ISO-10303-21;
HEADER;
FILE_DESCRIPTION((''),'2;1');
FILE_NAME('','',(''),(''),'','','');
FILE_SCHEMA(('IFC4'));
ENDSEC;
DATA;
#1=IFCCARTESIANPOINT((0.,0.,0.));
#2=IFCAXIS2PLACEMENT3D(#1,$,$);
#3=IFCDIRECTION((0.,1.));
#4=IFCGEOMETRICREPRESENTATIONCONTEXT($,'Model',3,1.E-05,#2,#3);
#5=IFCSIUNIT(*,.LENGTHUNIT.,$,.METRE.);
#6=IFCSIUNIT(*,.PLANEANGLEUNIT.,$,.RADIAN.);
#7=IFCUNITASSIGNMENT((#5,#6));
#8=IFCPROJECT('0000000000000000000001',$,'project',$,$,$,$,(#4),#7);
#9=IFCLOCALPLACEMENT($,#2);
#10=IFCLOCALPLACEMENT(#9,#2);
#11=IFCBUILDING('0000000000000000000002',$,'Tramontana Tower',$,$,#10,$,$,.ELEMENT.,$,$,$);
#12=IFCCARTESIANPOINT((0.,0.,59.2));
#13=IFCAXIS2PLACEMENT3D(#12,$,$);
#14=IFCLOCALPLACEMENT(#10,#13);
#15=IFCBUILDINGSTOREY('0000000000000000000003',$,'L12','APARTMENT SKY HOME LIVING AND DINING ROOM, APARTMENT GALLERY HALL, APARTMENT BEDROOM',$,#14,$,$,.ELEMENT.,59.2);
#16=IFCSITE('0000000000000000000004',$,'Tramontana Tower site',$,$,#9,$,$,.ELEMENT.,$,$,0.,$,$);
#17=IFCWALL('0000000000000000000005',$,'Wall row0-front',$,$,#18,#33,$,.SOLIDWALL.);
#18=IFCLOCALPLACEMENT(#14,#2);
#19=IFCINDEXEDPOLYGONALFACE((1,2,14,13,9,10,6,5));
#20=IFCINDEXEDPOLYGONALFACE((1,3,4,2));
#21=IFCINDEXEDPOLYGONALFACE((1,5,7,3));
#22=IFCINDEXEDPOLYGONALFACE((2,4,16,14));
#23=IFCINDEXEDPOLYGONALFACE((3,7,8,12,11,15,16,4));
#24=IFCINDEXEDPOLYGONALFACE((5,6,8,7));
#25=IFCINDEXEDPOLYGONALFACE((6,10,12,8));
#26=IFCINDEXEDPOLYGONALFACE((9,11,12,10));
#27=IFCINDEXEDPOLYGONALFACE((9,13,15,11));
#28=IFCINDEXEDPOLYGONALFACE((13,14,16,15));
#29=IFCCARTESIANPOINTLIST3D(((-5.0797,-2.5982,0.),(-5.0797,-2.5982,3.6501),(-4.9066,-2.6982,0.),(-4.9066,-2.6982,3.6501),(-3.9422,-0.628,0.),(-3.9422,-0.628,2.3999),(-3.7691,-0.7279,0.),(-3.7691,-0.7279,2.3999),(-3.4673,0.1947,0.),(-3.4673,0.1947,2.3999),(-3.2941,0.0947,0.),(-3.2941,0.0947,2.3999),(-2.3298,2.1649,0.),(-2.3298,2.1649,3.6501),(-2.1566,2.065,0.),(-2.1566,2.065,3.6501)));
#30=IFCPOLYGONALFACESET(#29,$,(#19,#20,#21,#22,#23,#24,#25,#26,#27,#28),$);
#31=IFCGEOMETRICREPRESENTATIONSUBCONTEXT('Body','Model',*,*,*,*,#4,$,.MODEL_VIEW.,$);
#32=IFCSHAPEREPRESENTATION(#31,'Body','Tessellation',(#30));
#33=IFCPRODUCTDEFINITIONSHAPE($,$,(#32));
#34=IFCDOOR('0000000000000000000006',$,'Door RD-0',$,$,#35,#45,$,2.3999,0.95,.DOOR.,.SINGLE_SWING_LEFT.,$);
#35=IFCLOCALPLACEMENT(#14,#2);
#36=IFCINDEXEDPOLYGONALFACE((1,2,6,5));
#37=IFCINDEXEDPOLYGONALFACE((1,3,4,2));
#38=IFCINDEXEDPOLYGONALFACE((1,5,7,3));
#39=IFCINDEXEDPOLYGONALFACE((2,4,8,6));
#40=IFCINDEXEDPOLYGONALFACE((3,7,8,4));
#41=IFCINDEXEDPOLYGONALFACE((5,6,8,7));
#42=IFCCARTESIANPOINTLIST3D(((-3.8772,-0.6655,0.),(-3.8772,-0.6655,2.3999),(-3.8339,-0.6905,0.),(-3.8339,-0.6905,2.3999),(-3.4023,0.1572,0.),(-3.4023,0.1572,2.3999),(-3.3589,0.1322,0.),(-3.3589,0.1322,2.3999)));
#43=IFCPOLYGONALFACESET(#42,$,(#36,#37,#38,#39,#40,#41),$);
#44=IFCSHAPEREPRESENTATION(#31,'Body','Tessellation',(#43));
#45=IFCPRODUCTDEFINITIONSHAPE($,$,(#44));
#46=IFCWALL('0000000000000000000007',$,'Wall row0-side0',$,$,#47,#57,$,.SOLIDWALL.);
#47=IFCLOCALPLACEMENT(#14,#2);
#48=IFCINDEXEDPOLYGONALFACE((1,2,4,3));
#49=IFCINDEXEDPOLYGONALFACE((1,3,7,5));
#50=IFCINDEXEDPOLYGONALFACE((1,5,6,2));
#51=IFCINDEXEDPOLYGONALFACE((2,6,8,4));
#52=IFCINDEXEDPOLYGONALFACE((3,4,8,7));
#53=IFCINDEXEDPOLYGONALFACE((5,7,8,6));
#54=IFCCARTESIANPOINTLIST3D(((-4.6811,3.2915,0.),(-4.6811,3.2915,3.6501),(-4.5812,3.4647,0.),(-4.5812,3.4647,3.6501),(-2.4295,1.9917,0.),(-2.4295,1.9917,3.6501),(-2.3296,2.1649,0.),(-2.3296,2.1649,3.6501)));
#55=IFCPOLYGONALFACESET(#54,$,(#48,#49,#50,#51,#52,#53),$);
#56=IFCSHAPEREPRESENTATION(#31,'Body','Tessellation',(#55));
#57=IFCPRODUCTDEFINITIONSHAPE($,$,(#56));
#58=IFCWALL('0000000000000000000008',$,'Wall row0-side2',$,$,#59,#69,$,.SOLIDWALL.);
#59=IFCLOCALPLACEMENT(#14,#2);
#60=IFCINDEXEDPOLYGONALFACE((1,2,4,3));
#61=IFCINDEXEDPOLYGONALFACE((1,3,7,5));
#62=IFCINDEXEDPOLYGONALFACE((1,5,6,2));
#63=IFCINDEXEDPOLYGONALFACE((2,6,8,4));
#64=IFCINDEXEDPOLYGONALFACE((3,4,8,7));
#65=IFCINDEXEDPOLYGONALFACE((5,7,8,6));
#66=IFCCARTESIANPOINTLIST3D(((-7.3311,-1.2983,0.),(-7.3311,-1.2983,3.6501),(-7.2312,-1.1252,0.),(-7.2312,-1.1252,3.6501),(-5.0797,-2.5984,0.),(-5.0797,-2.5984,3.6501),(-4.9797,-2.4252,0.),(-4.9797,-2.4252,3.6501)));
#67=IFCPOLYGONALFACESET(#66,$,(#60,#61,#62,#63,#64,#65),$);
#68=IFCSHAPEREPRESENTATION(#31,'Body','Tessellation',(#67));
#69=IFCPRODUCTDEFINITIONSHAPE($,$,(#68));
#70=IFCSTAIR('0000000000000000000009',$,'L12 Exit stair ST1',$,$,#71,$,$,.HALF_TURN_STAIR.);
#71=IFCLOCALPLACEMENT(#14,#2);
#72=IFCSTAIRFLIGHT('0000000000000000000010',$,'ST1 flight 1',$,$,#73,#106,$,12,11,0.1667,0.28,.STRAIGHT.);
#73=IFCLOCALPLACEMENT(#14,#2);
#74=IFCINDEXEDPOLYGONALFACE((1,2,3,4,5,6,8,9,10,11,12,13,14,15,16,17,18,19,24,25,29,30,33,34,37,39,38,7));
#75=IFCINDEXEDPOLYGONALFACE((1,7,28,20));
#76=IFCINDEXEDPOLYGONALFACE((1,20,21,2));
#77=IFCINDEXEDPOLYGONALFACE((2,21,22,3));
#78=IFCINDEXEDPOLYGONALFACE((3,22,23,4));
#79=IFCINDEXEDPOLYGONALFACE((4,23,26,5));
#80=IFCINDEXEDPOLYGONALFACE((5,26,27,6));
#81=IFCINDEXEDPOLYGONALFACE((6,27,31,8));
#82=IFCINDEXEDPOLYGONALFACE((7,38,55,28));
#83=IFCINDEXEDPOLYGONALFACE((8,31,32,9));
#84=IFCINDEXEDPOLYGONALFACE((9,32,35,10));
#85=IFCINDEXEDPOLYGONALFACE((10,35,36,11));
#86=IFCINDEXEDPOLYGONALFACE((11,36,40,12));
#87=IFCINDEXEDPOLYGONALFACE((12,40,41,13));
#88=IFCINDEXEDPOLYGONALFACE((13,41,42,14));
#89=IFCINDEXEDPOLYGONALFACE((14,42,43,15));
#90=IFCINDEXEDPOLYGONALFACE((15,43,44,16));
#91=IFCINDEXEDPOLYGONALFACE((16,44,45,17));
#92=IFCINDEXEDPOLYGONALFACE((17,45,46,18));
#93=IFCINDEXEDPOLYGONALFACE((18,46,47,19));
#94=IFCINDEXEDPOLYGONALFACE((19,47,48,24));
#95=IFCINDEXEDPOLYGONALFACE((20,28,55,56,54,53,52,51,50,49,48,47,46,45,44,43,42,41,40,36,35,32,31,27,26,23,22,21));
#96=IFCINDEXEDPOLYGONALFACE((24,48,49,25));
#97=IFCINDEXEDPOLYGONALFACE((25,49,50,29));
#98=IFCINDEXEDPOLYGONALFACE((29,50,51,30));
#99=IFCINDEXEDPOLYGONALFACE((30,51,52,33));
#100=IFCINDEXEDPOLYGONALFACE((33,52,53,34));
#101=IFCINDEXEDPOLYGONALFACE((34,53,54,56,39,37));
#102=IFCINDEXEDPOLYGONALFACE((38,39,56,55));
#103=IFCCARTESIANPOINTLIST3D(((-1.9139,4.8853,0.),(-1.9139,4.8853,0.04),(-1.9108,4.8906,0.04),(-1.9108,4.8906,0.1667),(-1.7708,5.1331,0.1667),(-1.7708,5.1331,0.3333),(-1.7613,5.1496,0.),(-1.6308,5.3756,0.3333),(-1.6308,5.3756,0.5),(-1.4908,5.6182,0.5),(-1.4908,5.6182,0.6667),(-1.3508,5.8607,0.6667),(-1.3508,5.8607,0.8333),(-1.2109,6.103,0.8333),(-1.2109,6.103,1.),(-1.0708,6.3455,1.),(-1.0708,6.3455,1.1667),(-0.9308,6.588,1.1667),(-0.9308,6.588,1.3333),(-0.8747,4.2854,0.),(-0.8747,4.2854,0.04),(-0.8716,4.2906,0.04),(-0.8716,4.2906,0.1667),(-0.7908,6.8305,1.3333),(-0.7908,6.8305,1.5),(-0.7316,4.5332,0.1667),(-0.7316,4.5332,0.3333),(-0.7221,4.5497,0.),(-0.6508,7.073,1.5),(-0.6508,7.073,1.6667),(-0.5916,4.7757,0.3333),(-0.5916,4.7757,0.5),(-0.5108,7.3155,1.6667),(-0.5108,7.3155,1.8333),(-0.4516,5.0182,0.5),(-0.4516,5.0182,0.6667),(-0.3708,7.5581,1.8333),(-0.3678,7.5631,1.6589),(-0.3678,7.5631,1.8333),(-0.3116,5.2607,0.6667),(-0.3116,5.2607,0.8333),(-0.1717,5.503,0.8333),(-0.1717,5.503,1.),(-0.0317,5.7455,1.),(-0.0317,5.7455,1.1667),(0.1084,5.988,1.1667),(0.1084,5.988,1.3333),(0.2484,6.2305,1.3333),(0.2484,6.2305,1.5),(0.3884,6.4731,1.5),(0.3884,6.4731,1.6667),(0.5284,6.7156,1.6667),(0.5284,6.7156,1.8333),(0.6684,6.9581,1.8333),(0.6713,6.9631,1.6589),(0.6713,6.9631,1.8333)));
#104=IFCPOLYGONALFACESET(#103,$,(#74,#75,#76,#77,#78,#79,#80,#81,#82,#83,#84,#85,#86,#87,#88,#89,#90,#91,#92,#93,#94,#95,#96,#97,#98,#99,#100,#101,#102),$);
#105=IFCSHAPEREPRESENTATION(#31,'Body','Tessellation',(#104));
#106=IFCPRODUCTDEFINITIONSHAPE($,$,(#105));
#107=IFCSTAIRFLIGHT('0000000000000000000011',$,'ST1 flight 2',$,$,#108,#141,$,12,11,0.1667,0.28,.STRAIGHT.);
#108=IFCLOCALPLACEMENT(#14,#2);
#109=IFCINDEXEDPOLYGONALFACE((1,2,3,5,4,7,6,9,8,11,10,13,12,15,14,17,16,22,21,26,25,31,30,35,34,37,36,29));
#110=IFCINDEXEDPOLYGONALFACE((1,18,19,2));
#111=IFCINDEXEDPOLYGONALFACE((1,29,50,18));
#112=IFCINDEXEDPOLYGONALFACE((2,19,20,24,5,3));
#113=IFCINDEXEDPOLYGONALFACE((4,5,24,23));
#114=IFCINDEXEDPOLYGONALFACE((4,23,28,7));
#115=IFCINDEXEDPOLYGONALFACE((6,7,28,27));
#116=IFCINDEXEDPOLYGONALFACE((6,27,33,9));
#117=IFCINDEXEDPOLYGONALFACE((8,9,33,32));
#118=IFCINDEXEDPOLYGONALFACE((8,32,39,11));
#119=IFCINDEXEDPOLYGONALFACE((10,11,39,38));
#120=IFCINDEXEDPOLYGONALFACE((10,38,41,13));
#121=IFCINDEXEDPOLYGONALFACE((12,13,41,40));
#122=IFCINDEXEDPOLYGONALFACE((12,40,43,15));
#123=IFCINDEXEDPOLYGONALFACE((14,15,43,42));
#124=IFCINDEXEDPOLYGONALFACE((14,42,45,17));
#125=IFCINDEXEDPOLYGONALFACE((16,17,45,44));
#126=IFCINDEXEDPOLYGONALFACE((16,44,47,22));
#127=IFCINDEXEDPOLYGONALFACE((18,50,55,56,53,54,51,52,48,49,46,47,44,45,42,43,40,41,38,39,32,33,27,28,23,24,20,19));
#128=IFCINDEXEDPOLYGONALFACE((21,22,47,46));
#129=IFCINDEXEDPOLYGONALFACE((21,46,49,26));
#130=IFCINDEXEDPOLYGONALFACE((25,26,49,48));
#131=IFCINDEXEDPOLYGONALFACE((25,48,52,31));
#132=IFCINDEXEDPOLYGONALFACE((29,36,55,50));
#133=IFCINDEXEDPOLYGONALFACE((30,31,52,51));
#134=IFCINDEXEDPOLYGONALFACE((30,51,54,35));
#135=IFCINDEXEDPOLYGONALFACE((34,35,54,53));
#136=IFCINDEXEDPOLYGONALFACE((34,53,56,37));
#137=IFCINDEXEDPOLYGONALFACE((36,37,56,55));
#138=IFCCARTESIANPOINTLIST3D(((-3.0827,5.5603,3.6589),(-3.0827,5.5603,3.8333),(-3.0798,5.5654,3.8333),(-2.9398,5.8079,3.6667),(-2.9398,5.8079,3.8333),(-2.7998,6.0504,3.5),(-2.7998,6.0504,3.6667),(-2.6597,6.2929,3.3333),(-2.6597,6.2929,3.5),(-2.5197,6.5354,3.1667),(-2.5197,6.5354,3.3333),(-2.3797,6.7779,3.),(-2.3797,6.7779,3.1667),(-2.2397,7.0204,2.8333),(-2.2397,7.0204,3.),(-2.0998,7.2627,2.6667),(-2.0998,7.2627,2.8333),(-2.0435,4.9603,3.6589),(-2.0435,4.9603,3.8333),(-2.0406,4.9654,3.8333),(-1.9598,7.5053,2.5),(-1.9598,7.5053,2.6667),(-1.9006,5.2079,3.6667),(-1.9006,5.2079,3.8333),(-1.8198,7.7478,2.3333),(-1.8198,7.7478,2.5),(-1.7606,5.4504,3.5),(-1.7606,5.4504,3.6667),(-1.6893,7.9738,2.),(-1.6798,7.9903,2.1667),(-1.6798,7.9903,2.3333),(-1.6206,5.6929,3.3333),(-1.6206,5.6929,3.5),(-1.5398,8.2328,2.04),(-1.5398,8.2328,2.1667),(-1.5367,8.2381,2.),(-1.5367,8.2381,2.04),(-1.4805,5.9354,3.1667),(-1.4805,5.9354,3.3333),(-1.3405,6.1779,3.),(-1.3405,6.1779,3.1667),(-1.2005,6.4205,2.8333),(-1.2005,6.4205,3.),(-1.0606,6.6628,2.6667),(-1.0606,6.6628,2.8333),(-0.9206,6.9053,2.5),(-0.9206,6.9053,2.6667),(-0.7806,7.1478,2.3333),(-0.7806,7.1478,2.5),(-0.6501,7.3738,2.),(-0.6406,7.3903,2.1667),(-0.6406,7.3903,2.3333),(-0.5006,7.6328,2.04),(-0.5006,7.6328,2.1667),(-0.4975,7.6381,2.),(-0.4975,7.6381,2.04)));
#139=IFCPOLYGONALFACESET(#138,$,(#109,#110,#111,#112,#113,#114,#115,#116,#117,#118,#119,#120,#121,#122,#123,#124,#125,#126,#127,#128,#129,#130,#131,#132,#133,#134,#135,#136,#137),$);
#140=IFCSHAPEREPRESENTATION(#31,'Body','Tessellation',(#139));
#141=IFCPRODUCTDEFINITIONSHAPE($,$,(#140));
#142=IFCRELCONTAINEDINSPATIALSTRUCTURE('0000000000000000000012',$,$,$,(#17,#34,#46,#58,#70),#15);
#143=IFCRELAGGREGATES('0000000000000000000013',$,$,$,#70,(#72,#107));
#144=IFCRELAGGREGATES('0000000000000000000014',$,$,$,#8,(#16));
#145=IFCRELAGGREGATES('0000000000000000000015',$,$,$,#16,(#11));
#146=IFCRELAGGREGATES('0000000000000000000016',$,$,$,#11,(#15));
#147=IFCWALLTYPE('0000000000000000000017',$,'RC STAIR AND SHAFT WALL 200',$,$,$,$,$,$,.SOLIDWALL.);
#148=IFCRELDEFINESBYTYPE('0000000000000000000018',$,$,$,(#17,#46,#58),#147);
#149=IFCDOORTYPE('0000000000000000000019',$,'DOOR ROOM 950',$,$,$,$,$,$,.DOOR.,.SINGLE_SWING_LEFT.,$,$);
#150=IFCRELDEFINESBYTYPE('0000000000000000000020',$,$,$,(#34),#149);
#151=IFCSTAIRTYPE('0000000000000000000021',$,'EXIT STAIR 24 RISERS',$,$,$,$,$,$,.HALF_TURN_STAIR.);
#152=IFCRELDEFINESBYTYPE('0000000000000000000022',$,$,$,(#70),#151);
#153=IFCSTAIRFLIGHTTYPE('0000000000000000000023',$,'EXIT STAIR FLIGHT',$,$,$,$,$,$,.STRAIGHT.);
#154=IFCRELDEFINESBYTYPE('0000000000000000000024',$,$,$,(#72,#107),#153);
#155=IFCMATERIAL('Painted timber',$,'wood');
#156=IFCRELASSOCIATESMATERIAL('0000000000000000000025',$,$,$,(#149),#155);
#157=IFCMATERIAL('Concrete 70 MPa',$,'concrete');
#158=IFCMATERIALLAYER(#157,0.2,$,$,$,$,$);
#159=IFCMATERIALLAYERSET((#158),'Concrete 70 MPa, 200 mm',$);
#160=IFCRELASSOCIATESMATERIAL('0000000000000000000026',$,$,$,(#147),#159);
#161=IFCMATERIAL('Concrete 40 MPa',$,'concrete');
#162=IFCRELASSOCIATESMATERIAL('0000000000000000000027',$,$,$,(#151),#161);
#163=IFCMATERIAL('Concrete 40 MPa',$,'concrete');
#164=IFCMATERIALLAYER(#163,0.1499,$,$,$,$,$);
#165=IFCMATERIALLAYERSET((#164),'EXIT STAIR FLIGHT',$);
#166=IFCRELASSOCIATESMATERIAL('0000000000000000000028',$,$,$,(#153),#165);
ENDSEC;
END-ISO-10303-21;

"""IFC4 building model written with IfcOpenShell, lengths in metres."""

from ifc_helpers import new_model, si_unit, direction, frame, frame_2d, origin, place, context, subcontext, project, spatial, polyline, rectangle, outline, extrude, material, layer, layer_set, type_object, element, fill, aggregate, save


model = new_model("IFC4")

# Units and contexts
model_context = context("Model", 3, precision=1e-05, world=origin(), true_north=direction((0.0, 1.0)))
body_context = subcontext(model_context, "Body", "Model", "MODEL_VIEW")
ifc_project = project(units=[si_unit("LENGTHUNIT", "METRE"), si_unit("PLANEANGLEUNIT", "RADIAN")], contexts=[model_context])

# Site, building, storey
site_placement = place(None, origin())
site = spatial("IfcSite", under=ifc_project, at=site_placement, Name="Tramontana Tower site", CompositionType="ELEMENT", RefElevation=0.0)
building_placement = place(site_placement, origin())
building = spatial("IfcBuilding", under=site, at=building_placement, Name="Tramontana Tower", CompositionType="ELEMENT")
storey_placement = place(building_placement, frame((0.0, 0.0, 59.2)))
storey = spatial("IfcBuildingStorey", under=building, at=storey_placement, Name="L12", Description="APARTMENT SKY HOME LIVING AND DINING ROOM, APARTMENT GALLERY HALL, APARTMENT BEDROOM", CompositionType="ELEMENT", Elevation=59.2)

# Shared definitions
ifc_material_1 = material(Name="Painted timber", Category="wood")
door_type_1 = type_object("IfcDoorType", Name="DOOR ROOM 950", OperationType="SINGLE_SWING_LEFT", PredefinedType="DOOR", material=ifc_material_1)

# Shared definitions
ifc_material_2 = material(Name="Concrete 70 MPa", Category="concrete")
ifc_layer_1 = layer(ifc_material_2, 0.2)
ifc_layer_set_1 = layer_set([ifc_layer_1], Name="Concrete 70 MPa, 200 mm")
wall_type_1 = type_object("IfcWallType", Name="RC STAIR AND SHAFT WALL 200", PredefinedType="SOLIDWALL", material=ifc_layer_set_1)

# Wall, opening, door
wall_1_placement = place(storey_placement, frame((-4.9932, -2.6482, 0.0), z_axis=(0.0, 0.0, 1.0), x_axis=(0.499997, 0.866027, 0.0)))
wall_1 = element("IfcWall", 1, at=wall_1_placement, inside=storey, type_object=wall_type_1, Name="Wall row0-front", PredefinedType="SOLIDWALL", context=body_context, shape_type="SweptSolid", body=[
    extrude(rectangle(XDim=5.5, YDim=0.2, at=frame_2d((2.75, 0.0))), origin(), (0.0, 0.0, 1.0), 3.6501),
])
opening_1_placement = place(wall_1_placement, frame((2.2749, 0.0, 0.0)))
opening_1 = element("IfcOpeningElement", 2, at=opening_1_placement, cuts=wall_1, PredefinedType="OPENING", context=body_context, shape_type="SweptSolid", body=[
    extrude(rectangle(XDim=0.95, YDim=2.3999, at=frame_2d((0.4751, 1.2))), frame((0.0, 0.1099, 0.0), z_axis=(0.0, -1.0, 0.0), x_axis=(1.0, 0.0, 0.0)), (0.0, 0.0, 1.0), 0.22),
])
door_1_placement = place(opening_1_placement, origin())
door_1 = element("IfcDoor", 3, at=door_1_placement, inside=storey, type_object=door_type_1, Name="Door RD-0", OperationType="SINGLE_SWING_LEFT", OverallHeight=2.3999, OverallWidth=0.95, PredefinedType="DOOR", context=body_context, shape_type="SweptSolid", body=[
    extrude(rectangle(XDim=0.95, YDim=2.3999, at=frame_2d((0.4751, 1.2))), frame((0.0, 0.0249, 0.0), z_axis=(0.0, -1.0, 0.0), x_axis=(1.0, 0.0, 0.0)), (0.0, 0.0, 1.0), 0.05),
])
fill(opening_1, door_1)

# Walls
for number, where, z_axis, x_axis, name in (
    (4, (-2.3796, 2.0784, 0.0), (0.0, 0.0, 1.0), (-0.866062, 0.499937, 0.0), "Wall row0-side0"),
    (5, (-5.0298, -2.5117, 0.0), (0.0, 0.0, 1.0), (-0.865998, 0.500048, 0.0), "Wall row0-side2"),
):
    element("IfcWall", number, at=place(storey_placement, frame(where, z_axis=z_axis, x_axis=x_axis)), inside=storey, type_object=wall_type_1, Name=name, PredefinedType="SOLIDWALL", context=body_context, shape_type="SweptSolid", body=[
        extrude(rectangle(XDim=2.5999, YDim=0.2, at=frame_2d((1.2998, 0.0))), origin(), (0.0, 0.0, 1.0), 3.6501),
    ])

# Stair, stair flights
ifc_material_3 = material(Name="Concrete 40 MPa", Category="concrete")
stair_type = type_object("IfcStairType", Name="EXIT STAIR 24 RISERS", PredefinedType="HALF_TURN_STAIR", material=ifc_material_3)
stair_placement = place(storey_placement, origin())
stair = element("IfcStair", 6, at=stair_placement, inside=storey, type_object=stair_type, Name="L12 Exit stair ST1", PredefinedType="HALF_TURN_STAIR")
ifc_material_4 = material(Name="Concrete 40 MPa", Category="concrete")
ifc_layer_2 = layer(ifc_material_4, 0.1499)
ifc_layer_set_2 = layer_set([ifc_layer_2], Name="EXIT STAIR FLIGHT")
stair_flight_type = type_object("IfcStairFlightType", Name="EXIT STAIR FLIGHT", PredefinedType="STRAIGHT", material=ifc_layer_set_2)
stair_flight_1_placement = place(storey_placement, frame((-1.3911, 4.5906, 0.0), z_axis=(0.0, 0.0, 1.0), x_axis=(0.5, 0.866025, 0.0)))
stair_flight_1 = element("IfcStairFlight", 7, at=stair_flight_1_placement, type_object=stair_flight_type, Name="ST1 flight 1", NumberOfRisers=12, NumberOfTreads=11, PredefinedType="STRAIGHT", RiserHeight=0.1667, TreadLength=0.28, context=body_context, shape_type="SweptSolid", body=[
    extrude(outline(polyline([(-0.0061, 0.0), (-0.0061, 0.04), (0.0, 0.04), (0.0, 0.1667), (0.28, 0.1667), (0.28, 0.3333), (0.5601, 0.3333), (0.5601, 0.5), (0.8401, 0.5), (0.8401, 0.6667), (1.1201, 0.6667), (1.1201, 0.8333), (1.3999, 0.8333), (1.3999, 1.0), (1.6799, 1.0), (1.6799, 1.1667), (1.96, 1.1667), (1.96, 1.3333), (2.24, 1.3333), (2.24, 1.5), (2.52, 1.5), (2.52, 1.6667), (2.8, 1.6667), (2.8, 1.8333), (3.0801, 1.8333), (3.0859, 1.8333), (3.0859, 1.6589), (0.2991, 0.0), (-0.0061, 0.0)])), frame((0.0, 0.6001, 0.0), z_axis=(0.0, -1.0, 0.0), x_axis=(1.0, 0.0, 0.0)), (0.0, 0.0, 1.0), 1.2),
])
stair_flight_2_placement = place(storey_placement, frame((-1.0203, 7.9329, 2.0), z_axis=(0.0, 0.0, 1.0), x_axis=(-0.5, -0.866025, 0.0)))
stair_flight_2 = element("IfcStairFlight", 8, at=stair_flight_2_placement, type_object=stair_flight_type, Name="ST1 flight 2", NumberOfRisers=12, NumberOfTreads=11, PredefinedType="STRAIGHT", RiserHeight=0.1667, TreadLength=0.28, context=body_context, shape_type="SweptSolid", body=[
    extrude(outline(polyline([(-0.0061, 0.0), (-0.0061, 0.04), (0.0, 0.04), (0.0, 0.1667), (0.28, 0.1667), (0.28, 0.3333), (0.5601, 0.3333), (0.5601, 0.5), (0.8401, 0.5), (0.8401, 0.6667), (1.1201, 0.6667), (1.1201, 0.8333), (1.3999, 0.8333), (1.3999, 1.0), (1.6799, 1.0), (1.6799, 1.1667), (1.96, 1.1667), (1.96, 1.3333), (2.24, 1.3333), (2.24, 1.5), (2.52, 1.5), (2.52, 1.6667), (2.8, 1.6667), (2.8, 1.8333), (3.0801, 1.8333), (3.0859, 1.8333), (3.0859, 1.6589), (0.2991, 0.0), (-0.0061, 0.0)])), frame((0.0, 0.6001, 0.0), z_axis=(0.0, -1.0, 0.0), x_axis=(1.0, 0.0, 0.0)), (0.0, 0.0, 1.0), 1.2),
])
aggregate(stair, [stair_flight_1, stair_flight_2])

save(model, "model.ifc")
